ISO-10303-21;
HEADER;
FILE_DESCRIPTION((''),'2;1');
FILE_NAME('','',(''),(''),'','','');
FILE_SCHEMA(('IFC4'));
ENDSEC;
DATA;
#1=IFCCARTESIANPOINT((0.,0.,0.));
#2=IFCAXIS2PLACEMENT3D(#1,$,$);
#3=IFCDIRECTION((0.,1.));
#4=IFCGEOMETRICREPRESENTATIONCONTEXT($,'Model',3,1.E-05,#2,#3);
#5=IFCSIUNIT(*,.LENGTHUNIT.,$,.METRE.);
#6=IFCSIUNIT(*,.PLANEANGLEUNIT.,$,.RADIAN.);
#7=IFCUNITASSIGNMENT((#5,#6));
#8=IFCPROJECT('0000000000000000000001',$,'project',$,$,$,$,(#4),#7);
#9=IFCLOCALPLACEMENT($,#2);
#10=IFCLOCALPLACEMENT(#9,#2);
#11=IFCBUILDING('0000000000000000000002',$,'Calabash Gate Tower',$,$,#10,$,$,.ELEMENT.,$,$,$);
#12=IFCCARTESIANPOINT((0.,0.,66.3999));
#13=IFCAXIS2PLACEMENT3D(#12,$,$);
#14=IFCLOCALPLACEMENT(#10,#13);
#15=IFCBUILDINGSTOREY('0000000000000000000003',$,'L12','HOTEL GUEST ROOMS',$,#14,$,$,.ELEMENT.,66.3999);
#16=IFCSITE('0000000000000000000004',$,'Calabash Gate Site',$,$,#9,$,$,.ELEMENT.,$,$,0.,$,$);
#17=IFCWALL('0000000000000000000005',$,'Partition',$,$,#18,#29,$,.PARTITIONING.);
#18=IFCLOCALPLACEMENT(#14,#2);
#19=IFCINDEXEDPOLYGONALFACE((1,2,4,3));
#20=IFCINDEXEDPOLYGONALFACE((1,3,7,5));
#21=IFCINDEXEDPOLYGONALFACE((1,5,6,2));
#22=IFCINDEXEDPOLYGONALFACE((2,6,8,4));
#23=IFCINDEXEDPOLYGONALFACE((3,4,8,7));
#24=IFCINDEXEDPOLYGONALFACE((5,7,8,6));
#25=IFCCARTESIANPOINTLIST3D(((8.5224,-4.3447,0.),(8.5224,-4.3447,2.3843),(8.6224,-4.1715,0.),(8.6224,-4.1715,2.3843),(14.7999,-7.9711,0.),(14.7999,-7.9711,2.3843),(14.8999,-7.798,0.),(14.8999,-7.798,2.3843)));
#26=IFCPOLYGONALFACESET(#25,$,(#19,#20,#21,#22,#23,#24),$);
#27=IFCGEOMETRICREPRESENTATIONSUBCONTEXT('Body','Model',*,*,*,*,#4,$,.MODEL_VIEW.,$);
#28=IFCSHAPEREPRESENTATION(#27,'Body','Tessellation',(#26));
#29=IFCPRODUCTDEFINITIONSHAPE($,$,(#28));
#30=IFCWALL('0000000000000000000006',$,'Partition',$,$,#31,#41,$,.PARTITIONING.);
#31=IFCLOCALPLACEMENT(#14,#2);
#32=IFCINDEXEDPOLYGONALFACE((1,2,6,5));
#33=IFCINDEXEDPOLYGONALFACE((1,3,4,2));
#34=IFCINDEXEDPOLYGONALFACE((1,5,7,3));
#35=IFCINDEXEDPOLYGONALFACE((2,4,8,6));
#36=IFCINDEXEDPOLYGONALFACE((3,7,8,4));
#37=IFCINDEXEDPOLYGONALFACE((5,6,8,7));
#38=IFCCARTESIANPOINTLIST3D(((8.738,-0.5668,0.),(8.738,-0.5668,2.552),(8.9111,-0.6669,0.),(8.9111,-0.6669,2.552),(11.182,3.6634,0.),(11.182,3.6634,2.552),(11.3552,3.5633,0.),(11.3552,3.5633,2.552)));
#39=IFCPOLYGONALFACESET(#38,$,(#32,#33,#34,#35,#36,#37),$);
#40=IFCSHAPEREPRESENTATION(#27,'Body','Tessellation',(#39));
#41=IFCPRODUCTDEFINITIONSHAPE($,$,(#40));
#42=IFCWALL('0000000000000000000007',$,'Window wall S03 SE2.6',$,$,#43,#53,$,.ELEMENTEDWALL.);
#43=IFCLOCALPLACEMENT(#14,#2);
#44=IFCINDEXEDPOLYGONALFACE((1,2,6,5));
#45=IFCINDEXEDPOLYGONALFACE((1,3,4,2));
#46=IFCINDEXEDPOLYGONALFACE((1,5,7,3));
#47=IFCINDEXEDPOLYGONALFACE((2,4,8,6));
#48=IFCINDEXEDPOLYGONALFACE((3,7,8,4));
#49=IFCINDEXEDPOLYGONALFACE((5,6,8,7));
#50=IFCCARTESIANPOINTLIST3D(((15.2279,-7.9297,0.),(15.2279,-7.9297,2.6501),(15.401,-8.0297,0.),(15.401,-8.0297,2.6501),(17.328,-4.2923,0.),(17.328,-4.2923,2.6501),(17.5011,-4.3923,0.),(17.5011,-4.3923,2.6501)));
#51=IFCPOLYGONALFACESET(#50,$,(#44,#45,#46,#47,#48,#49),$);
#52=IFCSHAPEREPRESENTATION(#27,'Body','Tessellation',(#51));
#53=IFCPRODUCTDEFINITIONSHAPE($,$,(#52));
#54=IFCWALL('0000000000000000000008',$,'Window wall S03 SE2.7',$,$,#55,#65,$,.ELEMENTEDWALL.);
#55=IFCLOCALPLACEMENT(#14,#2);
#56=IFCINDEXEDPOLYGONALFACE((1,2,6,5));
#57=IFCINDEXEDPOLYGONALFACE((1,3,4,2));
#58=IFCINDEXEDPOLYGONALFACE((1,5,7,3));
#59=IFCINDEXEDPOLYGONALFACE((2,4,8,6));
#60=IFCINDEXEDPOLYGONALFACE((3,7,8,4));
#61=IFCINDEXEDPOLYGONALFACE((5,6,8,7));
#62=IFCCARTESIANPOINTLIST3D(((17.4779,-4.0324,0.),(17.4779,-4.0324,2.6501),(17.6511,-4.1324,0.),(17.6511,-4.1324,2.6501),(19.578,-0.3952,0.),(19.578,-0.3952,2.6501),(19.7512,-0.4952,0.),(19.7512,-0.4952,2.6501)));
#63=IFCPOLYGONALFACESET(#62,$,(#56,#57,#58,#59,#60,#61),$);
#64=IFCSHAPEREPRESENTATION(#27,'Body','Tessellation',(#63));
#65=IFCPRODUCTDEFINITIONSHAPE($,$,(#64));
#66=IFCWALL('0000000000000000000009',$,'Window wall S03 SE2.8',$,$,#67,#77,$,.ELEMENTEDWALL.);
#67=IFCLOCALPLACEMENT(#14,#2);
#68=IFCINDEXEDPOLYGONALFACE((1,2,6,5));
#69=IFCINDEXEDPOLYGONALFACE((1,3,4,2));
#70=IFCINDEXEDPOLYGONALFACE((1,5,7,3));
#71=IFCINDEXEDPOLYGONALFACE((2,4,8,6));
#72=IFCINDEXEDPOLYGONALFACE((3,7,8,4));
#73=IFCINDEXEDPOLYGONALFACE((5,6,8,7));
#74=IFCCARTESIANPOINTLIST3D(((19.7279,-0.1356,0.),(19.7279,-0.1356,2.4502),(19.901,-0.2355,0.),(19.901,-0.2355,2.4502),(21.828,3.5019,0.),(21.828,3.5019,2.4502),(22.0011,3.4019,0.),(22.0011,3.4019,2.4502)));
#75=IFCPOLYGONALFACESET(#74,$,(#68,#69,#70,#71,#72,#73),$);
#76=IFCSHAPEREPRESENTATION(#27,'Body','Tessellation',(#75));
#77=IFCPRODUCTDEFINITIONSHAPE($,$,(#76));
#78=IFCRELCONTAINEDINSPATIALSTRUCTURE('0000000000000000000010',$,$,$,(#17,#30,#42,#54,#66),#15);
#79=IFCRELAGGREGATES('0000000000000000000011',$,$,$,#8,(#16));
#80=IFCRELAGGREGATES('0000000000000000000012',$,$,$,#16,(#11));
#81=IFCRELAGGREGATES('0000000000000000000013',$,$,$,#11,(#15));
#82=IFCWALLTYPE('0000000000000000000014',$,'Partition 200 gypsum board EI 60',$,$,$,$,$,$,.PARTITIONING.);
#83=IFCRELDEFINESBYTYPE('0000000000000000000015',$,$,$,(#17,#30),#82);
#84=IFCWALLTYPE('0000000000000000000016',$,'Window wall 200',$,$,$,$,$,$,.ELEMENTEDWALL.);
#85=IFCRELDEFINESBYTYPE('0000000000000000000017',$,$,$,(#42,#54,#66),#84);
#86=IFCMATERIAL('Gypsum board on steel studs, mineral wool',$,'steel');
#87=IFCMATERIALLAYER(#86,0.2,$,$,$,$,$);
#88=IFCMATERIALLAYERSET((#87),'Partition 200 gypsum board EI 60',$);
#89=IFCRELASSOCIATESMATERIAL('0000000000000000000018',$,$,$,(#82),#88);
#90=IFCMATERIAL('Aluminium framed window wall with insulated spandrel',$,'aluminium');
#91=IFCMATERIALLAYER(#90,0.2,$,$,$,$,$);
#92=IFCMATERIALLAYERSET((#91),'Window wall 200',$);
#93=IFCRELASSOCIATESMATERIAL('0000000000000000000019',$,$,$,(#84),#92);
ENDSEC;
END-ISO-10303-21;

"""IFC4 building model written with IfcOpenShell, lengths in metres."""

from ifc_helpers import new_model, si_unit, direction, frame, frame_2d, origin, place, context, subcontext, project, spatial, rectangle, extrude, material, layer, layer_set, type_object, element, save


model = new_model("IFC4")

# Units and contexts
model_context = context("Model", 3, precision=1e-05, world=origin(), true_north=direction((0.0, 1.0)))
body_context = subcontext(model_context, "Body", "Model", "MODEL_VIEW")
ifc_project = project(units=[si_unit("LENGTHUNIT", "METRE"), si_unit("PLANEANGLEUNIT", "RADIAN")], contexts=[model_context])

# Site, building, storey
site_placement = place(None, origin())
site = spatial("IfcSite", under=ifc_project, at=site_placement, Name="Calabash Gate Site", CompositionType="ELEMENT", RefElevation=0.0)
building_placement = place(site_placement, origin())
building = spatial("IfcBuilding", under=site, at=building_placement, Name="Calabash Gate Tower", CompositionType="ELEMENT")
storey_placement = place(building_placement, frame((0.0, 0.0, 66.3999)))
storey = spatial("IfcBuildingStorey", under=building, at=storey_placement, Name="L12", Description="HOTEL GUEST ROOMS", CompositionType="ELEMENT", Elevation=66.3999)

# Walls
ifc_material_1 = material(Name="Gypsum board on steel studs, mineral wool", Category="steel")
ifc_layer_1 = layer(ifc_material_1, 0.2)
ifc_layer_set_1 = layer_set([ifc_layer_1], Name="Partition 200 gypsum board EI 60")
wall_type_1 = type_object("IfcWallType", Name="Partition 200 gypsum board EI 60", PredefinedType="PARTITIONING", material=ifc_layer_set_1)
wall_1_placement = place(storey_placement, frame((8.5723, -4.2581, 0.0), z_axis=(0.0, 0.0, 1.0), x_axis=(0.8659, -0.500217, 0.0)))
element("IfcWall", 1, at=wall_1_placement, inside=storey, type_object=wall_type_1, Name="Partition", PredefinedType="PARTITIONING", context=body_context, shape_type="SweptSolid", body=[
    extrude(rectangle(XDim=7.2498, YDim=0.2, at=frame_2d((3.625, 0.0))), origin(), (0.0, 0.0, 1.0), 2.3843),
])
wall_2_placement = place(storey_placement, frame((8.8245, -0.6169, 0.0), z_axis=(0.0, 0.0, 1.0), x_axis=(0.500272, 0.865868, 0.0)))
element("IfcWall", 2, at=wall_2_placement, inside=storey, type_object=wall_type_1, Name="Partition", PredefinedType="PARTITIONING", context=body_context, shape_type="SweptSolid", body=[
    extrude(rectangle(XDim=4.8855, YDim=0.2, at=frame_2d((2.4429, 0.0))), origin(), (0.0, 0.0, 1.0), 2.552),
])
ifc_material_2 = material(Name="Aluminium framed window wall with insulated spandrel", Category="aluminium")
ifc_layer_2 = layer(ifc_material_2, 0.2)
ifc_layer_set_2 = layer_set([ifc_layer_2], Name="Window wall 200")
wall_type_2 = type_object("IfcWallType", Name="Window wall 200", PredefinedType="ELEMENTEDWALL", material=ifc_layer_set_2)
wall_3_placement = place(storey_placement, frame((15.3145, -7.9797, 0.0), z_axis=(0.0, 0.0, 1.0), x_axis=(0.500003, 0.866024, 0.0)))
element("IfcWall", 3, at=wall_3_placement, inside=storey, type_object=wall_type_2, Name="Window wall S03 SE2.6", PredefinedType="ELEMENTEDWALL", context=body_context, shape_type="SweptSolid", body=[
    extrude(rectangle(XDim=4.2002, YDim=0.2, at=frame_2d((2.1001, 0.0))), origin(), (0.0, 0.0, 1.0), 2.6501),
])
wall_4_placement = place(storey_placement, frame((17.5645, -4.0825, 0.0), z_axis=(0.0, 0.0, 1.0), x_axis=(0.500028, 0.866009, 0.0)))
element("IfcWall", 4, at=wall_4_placement, inside=storey, type_object=wall_type_2, Name="Window wall S03 SE2.7", PredefinedType="ELEMENTEDWALL", context=body_context, shape_type="SweptSolid", body=[
    extrude(rectangle(XDim=4.2, YDim=0.2, at=frame_2d((2.1001, 0.0))), origin(), (0.0, 0.0, 1.0), 2.6501),
])
wall_5_placement = place(storey_placement, frame((19.8145, -0.1855, 0.0), z_axis=(0.0, 0.0, 1.0), x_axis=(0.500003, 0.866024, 0.0)))
element("IfcWall", 5, at=wall_5_placement, inside=storey, type_object=wall_type_2, Name="Window wall S03 SE2.8", PredefinedType="ELEMENTEDWALL", context=body_context, shape_type="SweptSolid", body=[
    extrude(rectangle(XDim=4.2002, YDim=0.2, at=frame_2d((2.1001, 0.0))), origin(), (0.0, 0.0, 1.0), 2.4502),
])

save(model, "model.ifc")
